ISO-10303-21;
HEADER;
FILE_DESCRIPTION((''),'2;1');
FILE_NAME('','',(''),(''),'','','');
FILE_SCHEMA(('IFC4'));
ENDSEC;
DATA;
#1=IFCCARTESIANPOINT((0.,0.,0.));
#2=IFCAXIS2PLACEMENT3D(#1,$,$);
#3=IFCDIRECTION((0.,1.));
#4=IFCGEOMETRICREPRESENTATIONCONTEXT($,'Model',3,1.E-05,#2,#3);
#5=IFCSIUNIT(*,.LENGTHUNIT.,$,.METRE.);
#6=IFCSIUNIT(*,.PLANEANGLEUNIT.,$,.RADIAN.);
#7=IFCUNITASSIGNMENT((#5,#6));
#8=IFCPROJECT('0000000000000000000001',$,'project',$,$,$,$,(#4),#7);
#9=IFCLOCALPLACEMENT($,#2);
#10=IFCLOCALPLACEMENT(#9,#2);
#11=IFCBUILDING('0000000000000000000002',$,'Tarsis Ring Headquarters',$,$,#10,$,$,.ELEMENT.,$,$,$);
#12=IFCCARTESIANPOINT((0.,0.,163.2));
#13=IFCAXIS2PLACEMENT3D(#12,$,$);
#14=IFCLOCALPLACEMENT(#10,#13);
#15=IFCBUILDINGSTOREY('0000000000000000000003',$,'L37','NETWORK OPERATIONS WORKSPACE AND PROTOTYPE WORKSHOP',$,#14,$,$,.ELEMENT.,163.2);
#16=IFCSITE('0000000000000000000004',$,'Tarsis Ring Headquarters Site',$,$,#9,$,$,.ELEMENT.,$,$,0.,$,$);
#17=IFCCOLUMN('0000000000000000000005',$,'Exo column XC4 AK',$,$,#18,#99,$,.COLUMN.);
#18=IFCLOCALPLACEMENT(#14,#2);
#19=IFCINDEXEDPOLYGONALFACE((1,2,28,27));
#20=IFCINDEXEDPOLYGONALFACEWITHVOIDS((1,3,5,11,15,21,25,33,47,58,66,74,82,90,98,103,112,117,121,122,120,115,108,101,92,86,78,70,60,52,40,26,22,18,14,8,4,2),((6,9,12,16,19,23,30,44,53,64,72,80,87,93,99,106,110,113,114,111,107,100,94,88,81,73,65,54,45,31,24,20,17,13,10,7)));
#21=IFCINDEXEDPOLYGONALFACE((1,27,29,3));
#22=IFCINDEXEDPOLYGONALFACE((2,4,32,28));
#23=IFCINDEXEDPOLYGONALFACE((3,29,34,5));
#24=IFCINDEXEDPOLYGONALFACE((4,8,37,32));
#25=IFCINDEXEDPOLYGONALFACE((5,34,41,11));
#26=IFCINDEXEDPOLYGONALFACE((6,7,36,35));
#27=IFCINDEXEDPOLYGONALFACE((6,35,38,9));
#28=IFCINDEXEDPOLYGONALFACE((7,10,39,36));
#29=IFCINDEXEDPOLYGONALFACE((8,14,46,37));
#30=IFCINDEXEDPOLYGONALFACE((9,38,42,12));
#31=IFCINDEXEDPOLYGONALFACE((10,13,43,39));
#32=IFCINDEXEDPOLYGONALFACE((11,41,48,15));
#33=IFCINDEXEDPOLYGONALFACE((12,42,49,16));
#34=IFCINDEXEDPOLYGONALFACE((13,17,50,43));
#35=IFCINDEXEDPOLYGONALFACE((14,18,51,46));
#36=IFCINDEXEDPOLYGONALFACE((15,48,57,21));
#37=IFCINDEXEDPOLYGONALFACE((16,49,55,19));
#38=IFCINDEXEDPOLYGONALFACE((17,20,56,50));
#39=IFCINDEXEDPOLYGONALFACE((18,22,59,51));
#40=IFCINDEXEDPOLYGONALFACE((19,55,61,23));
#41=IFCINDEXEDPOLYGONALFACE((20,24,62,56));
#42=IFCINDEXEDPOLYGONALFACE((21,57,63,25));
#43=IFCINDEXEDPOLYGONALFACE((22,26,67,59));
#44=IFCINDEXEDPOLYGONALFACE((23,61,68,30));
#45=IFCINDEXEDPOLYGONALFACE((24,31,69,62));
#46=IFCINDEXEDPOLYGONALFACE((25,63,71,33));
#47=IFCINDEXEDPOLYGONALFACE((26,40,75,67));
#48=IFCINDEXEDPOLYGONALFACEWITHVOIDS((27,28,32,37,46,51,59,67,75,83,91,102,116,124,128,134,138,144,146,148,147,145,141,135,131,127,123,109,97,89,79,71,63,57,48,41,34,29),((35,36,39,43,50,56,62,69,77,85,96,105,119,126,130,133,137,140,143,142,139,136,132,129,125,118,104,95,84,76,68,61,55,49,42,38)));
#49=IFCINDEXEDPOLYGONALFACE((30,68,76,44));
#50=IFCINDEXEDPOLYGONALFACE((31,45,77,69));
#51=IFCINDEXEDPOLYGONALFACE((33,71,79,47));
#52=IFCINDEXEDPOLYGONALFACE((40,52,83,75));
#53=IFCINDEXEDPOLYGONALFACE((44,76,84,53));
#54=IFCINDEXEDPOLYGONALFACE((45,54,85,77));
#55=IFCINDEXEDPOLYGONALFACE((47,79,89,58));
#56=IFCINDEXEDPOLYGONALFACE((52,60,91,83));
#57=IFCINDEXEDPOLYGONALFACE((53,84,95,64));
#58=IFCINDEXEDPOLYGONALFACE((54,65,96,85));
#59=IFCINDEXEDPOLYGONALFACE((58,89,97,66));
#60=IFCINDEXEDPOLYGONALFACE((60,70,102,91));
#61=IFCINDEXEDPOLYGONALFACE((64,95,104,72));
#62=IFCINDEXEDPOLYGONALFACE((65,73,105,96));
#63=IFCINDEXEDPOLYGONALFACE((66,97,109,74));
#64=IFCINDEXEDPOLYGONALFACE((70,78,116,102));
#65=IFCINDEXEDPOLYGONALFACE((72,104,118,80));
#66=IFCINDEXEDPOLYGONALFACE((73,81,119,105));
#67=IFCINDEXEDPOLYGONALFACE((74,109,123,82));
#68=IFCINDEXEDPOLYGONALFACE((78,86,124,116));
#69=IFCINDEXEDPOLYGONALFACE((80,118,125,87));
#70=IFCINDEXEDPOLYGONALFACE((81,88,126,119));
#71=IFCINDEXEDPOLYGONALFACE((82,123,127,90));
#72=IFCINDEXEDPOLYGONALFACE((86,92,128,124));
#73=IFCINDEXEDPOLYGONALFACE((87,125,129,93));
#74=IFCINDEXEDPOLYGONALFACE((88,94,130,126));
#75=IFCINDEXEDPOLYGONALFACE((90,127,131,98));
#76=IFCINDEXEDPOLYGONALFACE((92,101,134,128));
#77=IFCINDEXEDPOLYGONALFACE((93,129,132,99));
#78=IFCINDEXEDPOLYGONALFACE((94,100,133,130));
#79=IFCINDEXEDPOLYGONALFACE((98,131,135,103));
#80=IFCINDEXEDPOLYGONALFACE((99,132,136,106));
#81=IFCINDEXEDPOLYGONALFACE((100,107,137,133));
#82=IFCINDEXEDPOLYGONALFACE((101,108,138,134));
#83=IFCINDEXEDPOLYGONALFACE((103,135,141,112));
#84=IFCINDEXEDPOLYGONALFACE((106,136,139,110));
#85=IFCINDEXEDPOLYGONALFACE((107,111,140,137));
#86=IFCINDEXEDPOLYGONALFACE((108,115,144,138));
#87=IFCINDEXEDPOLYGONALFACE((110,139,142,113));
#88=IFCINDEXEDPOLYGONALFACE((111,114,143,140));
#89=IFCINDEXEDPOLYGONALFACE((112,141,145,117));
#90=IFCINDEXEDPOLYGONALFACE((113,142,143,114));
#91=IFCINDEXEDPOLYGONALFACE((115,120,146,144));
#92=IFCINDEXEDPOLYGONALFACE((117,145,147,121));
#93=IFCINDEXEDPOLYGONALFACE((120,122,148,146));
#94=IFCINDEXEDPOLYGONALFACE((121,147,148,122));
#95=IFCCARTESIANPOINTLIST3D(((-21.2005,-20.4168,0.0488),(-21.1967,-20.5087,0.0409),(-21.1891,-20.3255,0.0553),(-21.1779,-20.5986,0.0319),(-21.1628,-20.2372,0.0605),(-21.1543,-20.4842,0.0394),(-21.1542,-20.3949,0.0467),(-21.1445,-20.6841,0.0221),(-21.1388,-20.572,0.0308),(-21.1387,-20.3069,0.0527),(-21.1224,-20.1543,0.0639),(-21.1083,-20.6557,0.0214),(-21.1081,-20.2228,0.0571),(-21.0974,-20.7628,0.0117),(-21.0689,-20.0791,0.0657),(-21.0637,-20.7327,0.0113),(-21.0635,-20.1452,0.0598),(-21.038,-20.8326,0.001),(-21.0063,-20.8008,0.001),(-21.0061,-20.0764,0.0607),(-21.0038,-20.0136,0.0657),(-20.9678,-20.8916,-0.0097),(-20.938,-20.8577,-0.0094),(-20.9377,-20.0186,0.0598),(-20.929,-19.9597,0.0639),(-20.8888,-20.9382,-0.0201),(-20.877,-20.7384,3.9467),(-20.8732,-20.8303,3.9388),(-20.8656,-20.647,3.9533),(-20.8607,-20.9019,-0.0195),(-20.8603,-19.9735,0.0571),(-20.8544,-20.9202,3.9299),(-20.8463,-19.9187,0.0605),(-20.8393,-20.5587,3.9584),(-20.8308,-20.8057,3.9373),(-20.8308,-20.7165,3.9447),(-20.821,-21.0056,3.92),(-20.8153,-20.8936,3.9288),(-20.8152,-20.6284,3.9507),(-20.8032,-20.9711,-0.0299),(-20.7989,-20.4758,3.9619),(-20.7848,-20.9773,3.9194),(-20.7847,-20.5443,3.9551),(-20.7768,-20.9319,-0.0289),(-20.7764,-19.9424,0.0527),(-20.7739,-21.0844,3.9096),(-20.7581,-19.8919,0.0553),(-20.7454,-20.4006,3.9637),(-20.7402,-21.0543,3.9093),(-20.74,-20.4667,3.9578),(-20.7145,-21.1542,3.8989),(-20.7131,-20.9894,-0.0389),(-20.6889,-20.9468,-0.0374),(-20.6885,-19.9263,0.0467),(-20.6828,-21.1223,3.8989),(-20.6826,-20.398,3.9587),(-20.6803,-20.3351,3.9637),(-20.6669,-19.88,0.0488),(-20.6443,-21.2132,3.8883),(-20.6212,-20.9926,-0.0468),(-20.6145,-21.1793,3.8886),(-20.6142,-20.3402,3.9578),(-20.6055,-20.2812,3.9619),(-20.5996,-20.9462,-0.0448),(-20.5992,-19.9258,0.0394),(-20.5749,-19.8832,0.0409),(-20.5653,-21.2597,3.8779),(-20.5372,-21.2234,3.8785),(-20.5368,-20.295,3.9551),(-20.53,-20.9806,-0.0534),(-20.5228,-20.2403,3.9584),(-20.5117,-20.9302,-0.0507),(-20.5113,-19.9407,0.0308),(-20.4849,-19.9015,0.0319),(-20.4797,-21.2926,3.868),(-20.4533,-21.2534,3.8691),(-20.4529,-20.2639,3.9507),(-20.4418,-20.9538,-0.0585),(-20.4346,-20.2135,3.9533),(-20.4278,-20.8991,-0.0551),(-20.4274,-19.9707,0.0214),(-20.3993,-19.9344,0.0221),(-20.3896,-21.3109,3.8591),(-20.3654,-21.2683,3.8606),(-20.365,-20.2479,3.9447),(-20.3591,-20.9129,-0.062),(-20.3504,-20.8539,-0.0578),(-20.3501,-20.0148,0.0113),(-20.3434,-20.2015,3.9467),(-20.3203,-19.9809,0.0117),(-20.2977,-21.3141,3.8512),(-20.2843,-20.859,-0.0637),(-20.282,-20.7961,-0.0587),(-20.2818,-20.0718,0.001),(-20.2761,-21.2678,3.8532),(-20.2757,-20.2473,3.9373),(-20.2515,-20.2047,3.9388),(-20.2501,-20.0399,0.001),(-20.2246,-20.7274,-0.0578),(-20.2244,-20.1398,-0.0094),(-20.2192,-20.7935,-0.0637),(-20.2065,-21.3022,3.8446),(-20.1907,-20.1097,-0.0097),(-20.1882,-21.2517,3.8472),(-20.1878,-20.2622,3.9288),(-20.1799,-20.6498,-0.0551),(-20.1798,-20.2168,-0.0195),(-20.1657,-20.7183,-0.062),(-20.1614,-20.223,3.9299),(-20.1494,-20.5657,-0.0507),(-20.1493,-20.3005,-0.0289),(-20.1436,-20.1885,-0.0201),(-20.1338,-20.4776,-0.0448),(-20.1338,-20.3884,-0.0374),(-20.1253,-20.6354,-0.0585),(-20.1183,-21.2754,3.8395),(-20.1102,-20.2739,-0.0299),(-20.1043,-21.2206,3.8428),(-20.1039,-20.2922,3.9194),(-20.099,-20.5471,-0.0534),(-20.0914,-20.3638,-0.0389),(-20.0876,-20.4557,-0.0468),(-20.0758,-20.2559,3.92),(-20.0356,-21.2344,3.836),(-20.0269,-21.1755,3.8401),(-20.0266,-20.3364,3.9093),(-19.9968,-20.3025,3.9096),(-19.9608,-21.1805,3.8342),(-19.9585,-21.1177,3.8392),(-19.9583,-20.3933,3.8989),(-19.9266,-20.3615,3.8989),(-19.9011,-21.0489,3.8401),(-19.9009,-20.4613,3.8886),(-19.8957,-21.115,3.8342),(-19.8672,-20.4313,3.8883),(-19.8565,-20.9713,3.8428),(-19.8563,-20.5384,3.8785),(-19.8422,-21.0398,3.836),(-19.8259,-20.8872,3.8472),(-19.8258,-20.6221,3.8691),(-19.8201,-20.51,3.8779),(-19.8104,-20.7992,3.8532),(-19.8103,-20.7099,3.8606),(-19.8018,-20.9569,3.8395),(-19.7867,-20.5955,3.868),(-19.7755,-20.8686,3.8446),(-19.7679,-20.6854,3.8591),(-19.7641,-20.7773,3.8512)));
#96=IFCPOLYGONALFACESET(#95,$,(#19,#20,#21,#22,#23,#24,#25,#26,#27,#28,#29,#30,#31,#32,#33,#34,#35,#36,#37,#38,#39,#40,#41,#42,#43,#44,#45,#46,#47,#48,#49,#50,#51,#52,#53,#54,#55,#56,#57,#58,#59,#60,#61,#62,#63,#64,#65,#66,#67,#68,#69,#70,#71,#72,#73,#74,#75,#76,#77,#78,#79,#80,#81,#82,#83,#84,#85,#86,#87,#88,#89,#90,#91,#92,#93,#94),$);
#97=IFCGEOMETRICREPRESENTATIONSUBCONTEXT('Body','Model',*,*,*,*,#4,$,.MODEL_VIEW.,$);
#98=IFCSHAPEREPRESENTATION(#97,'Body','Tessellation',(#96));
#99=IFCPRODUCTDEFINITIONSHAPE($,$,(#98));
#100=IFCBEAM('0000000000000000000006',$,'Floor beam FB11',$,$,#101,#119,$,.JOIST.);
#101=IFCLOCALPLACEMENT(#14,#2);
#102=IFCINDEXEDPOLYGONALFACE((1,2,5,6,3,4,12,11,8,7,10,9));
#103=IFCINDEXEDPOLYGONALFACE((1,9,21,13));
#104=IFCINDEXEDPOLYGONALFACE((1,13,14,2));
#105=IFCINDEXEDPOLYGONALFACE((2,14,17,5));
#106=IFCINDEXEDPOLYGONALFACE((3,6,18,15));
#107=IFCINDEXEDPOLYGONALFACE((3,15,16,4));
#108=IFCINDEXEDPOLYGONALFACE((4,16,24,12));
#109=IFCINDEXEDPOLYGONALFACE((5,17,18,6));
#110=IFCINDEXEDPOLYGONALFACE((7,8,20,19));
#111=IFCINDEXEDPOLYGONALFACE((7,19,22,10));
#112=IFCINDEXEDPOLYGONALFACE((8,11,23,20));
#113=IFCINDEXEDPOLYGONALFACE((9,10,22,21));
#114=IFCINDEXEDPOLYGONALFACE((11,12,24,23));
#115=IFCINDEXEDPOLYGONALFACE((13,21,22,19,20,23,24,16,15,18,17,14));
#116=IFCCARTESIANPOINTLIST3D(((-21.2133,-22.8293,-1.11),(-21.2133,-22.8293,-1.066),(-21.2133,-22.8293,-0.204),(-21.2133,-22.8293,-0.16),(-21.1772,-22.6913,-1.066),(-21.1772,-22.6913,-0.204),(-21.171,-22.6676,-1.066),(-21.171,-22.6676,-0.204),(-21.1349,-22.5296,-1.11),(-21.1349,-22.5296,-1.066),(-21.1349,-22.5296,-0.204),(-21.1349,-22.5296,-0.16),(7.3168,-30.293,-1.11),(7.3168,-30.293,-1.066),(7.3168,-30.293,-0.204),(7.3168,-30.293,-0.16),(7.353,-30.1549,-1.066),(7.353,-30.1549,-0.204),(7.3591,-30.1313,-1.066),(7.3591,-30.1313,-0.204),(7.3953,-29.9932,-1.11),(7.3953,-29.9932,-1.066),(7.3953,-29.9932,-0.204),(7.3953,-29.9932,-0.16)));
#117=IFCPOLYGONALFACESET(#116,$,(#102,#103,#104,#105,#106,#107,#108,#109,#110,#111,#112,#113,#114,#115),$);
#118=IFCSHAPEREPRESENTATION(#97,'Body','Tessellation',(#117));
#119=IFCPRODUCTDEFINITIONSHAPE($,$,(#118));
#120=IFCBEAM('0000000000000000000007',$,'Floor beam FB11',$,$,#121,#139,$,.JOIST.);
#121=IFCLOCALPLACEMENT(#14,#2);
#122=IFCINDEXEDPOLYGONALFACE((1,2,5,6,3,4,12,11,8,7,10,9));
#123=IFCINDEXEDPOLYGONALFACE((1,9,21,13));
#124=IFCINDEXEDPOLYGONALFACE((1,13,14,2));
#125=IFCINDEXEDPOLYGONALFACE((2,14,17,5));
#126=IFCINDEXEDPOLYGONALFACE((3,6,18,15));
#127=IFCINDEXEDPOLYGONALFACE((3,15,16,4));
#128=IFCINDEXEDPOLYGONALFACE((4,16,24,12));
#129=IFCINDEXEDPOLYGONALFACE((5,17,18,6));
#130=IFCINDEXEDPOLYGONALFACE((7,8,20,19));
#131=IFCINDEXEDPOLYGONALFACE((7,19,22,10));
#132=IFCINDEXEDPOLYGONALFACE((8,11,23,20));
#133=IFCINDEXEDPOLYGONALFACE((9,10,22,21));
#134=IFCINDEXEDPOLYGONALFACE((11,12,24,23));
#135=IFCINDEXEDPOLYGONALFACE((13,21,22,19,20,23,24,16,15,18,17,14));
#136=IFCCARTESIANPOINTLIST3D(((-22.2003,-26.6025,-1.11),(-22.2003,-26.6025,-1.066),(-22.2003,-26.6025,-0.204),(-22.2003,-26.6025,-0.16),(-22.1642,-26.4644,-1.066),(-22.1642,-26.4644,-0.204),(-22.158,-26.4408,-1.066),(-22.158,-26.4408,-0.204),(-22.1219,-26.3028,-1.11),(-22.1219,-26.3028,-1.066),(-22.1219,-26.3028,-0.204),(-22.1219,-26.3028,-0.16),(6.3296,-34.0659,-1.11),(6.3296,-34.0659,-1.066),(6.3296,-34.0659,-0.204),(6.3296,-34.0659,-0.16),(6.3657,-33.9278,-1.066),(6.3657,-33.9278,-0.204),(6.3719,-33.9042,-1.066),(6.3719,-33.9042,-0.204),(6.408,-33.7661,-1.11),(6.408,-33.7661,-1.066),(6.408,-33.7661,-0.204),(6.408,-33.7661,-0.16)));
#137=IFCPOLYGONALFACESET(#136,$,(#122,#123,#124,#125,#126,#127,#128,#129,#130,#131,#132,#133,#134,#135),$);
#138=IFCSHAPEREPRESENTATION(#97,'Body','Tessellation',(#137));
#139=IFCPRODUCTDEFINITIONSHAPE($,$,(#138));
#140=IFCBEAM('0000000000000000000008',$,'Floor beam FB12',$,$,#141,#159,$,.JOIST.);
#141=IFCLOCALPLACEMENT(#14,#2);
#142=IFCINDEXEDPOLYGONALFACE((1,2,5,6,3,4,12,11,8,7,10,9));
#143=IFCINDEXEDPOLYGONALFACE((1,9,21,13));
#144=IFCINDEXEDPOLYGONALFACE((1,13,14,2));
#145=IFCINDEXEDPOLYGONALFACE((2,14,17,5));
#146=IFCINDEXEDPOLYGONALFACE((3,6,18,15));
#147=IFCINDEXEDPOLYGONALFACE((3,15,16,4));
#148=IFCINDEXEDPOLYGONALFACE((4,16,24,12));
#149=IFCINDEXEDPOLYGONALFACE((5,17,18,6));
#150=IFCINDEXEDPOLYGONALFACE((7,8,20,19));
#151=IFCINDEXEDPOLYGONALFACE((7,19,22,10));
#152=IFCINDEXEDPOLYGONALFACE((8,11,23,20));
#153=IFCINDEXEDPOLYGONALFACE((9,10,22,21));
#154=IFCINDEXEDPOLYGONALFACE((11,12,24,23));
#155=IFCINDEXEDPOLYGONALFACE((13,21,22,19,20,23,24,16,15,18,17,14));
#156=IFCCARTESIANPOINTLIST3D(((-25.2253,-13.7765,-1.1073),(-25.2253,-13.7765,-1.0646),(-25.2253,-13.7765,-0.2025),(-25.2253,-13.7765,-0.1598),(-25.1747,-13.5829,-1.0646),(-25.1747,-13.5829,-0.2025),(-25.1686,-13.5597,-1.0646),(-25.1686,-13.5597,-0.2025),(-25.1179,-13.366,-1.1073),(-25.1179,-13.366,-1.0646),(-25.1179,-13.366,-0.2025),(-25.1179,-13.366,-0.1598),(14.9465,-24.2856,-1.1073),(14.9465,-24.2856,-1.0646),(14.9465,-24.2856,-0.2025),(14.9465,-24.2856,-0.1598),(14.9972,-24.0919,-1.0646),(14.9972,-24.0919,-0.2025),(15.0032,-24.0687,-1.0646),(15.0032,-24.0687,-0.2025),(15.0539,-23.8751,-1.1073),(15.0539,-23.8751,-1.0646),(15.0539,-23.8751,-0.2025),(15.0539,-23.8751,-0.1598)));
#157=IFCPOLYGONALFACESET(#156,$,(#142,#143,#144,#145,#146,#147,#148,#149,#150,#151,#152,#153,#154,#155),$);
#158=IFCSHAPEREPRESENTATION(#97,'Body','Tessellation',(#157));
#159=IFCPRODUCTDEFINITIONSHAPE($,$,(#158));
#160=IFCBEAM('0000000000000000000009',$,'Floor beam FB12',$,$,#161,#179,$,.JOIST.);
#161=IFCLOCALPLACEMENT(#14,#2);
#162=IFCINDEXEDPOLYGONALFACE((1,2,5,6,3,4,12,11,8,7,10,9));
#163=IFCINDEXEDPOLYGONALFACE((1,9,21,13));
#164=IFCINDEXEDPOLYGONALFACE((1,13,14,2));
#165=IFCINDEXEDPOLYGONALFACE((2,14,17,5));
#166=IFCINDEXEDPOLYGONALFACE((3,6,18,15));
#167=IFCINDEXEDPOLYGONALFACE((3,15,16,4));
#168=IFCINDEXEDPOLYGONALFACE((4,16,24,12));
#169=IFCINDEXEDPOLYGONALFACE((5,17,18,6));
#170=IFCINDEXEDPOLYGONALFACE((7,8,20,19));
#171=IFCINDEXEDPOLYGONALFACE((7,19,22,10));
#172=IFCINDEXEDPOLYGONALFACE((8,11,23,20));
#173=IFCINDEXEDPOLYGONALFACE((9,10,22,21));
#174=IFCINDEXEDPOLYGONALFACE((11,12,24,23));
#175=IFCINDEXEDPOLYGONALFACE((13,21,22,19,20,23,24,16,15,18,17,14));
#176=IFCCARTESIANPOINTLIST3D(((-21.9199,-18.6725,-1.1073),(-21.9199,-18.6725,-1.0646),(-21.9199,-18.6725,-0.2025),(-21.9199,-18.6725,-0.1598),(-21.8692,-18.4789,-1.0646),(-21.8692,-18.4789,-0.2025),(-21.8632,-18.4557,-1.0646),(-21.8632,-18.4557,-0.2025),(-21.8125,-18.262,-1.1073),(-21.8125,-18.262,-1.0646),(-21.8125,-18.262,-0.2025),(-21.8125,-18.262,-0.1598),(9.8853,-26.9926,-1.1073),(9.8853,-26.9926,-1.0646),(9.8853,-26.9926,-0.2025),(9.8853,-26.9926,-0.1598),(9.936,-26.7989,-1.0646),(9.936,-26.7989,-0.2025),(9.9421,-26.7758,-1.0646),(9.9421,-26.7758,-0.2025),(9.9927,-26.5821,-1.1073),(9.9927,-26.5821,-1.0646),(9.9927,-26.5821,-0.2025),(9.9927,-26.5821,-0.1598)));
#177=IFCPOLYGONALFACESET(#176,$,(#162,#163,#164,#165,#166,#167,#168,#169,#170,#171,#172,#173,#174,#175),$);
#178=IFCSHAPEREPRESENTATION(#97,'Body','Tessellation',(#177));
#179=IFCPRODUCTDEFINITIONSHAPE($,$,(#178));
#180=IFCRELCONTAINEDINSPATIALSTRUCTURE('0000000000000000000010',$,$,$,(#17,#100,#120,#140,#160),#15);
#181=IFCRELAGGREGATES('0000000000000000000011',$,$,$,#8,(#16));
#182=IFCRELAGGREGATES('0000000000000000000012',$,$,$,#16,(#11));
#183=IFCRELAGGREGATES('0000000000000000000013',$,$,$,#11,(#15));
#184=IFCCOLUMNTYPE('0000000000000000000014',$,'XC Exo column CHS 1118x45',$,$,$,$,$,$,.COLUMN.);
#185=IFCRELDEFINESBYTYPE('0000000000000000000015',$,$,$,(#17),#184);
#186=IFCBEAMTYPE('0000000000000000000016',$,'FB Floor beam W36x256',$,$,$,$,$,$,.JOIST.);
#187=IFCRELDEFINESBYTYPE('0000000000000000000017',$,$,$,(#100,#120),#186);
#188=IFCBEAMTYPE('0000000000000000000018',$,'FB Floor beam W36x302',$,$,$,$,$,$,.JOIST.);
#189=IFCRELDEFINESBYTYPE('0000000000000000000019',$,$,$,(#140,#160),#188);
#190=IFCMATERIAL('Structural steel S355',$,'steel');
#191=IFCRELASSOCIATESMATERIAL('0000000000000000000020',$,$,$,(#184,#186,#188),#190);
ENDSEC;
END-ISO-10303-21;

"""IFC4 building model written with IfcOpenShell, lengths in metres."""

from ifc_helpers import new_model, si_unit, direction, frame, origin, origin_2d, place, context, subcontext, project, spatial, hollow_circle, i_section, extrude, material, material_profile, profile_set, type_object, element, save


model = new_model("IFC4")

# Units and contexts
model_context = context("Model", 3, precision=1e-05, world=origin(), true_north=direction((0.0, 1.0)))
body_context = subcontext(model_context, "Body", "Model", "MODEL_VIEW")
ifc_project = project(units=[si_unit("LENGTHUNIT", "METRE"), si_unit("PLANEANGLEUNIT", "RADIAN")], contexts=[model_context])

# Site, building, storey
site_placement = place(None, origin())
site = spatial("IfcSite", under=ifc_project, at=site_placement, Name="Tarsis Ring Headquarters Site", CompositionType="ELEMENT", RefElevation=0.0)
building_placement = place(site_placement, origin())
building = spatial("IfcBuilding", under=site, at=building_placement, Name="Tarsis Ring Headquarters", CompositionType="ELEMENT")
storey_placement = place(building_placement, frame((0.0, 0.0, 163.2)))
storey = spatial("IfcBuildingStorey", under=building, at=storey_placement, Name="L37", Description="NETWORK OPERATIONS WORKSPACE AND PROTOTYPE WORKSHOP", CompositionType="ELEMENT", Elevation=163.2)

# Column
ifc_material_1 = material(Name="Structural steel S355", Category="steel")
ifc_material_profile_1 = material_profile(ifc_material_1, hollow_circle(Radius=0.5588, WallThickness=0.0449, at=origin_2d()), Name="CHS 1118x45")
ifc_profile_set_1 = profile_set([ifc_material_profile_1], Name="Structural steel S355")
column_type = type_object("IfcColumnType", Name="XC Exo column CHS 1118x45", PredefinedType="COLUMN", material=ifc_profile_set_1)
column_placement = place(storey_placement, frame((-20.644, -20.4363, 0.001), z_axis=(0.082427, -0.081929, 0.993224), x_axis=(0.704962, 0.709245, 0.0)))
element("IfcColumn", 1, at=column_placement, inside=storey, type_object=column_type, Name="Exo column XC4 AK", PredefinedType="COLUMN", context=body_context, shape_type="SweptSolid", body=[
    extrude(hollow_circle(Radius=0.5588, WallThickness=0.0449, at=origin_2d()), origin(), (0.0, 0.0, 1.0), 3.9246),
])

# Beams
ifc_material_profile_2 = material_profile(ifc_material_1, i_section(OverallWidth=0.3098, OverallDepth=0.95, WebThickness=0.0244, FlangeThickness=0.0439, at=origin_2d()), Name="W36x256")
ifc_profile_set_2 = profile_set([ifc_material_profile_2], Name="Structural steel S355")
beam_type_1 = type_object("IfcBeamType", Name="FB Floor beam W36x256", PredefinedType="JOIST", material=ifc_profile_set_2)
beam_1_placement = place(storey_placement, frame((-21.1741, -22.6794, -0.635), z_axis=(0.967443, -0.253089, 0.0), x_axis=(0.253089, 0.967443, 0.0)))
element("IfcBeam", 2, at=beam_1_placement, inside=storey, type_object=beam_type_1, Name="Floor beam FB11", PredefinedType="JOIST", context=body_context, shape_type="SweptSolid", body=[
    extrude(i_section(OverallWidth=0.3098, OverallDepth=0.95, WebThickness=0.0244, FlangeThickness=0.0439, at=origin_2d()), origin(), (0.0, 0.0, 1.0), 29.4902),
])
beam_2_placement = place(storey_placement, frame((-22.1611, -26.4526, -0.635), z_axis=(0.967445, -0.253081, 0.0), x_axis=(0.253081, 0.967445, 0.0)))
element("IfcBeam", 3, at=beam_2_placement, inside=storey, type_object=beam_type_1, Name="Floor beam FB11", PredefinedType="JOIST", context=body_context, shape_type="SweptSolid", body=[
    extrude(i_section(OverallWidth=0.3098, OverallDepth=0.95, WebThickness=0.0244, FlangeThickness=0.0439, at=origin_2d()), origin(), (0.0, 0.0, 1.0), 29.49),
])
ifc_material_profile_3 = material_profile(ifc_material_1, i_section(OverallWidth=0.4243, OverallDepth=0.9475, WebThickness=0.0239, FlangeThickness=0.0427, at=origin_2d()), Name="W36x302")
ifc_profile_set_3 = profile_set([ifc_material_profile_3], Name="Structural steel S355")
beam_type_2 = type_object("IfcBeamType", Name="FB Floor beam W36x302", PredefinedType="JOIST", material=ifc_profile_set_3)
beam_3_placement = place(storey_placement, frame((-25.1716, -13.5713, -0.6335), z_axis=(0.967444, -0.253085, 0.0), x_axis=(0.253085, 0.967444, 0.0)))
element("IfcBeam", 4, at=beam_3_placement, inside=storey, type_object=beam_type_2, Name="Floor beam FB12", PredefinedType="JOIST", context=body_context, shape_type="SweptSolid", body=[
    extrude(i_section(OverallWidth=0.4243, OverallDepth=0.9475, WebThickness=0.0239, FlangeThickness=0.0427, at=origin_2d()), origin(), (0.0, 0.0, 1.0), 41.5237),
])
beam_4_placement = place(storey_placement, frame((-21.8662, -18.4673, -0.6335), z_axis=(0.967446, -0.253079, 0.0), x_axis=(0.253079, 0.967446, 0.0)))
element("IfcBeam", 5, at=beam_4_placement, inside=storey, type_object=beam_type_2, Name="Floor beam FB12", PredefinedType="JOIST", context=body_context, shape_type="SweptSolid", body=[
    extrude(i_section(OverallWidth=0.4243, OverallDepth=0.9475, WebThickness=0.0239, FlangeThickness=0.0427, at=origin_2d()), origin(), (0.0, 0.0, 1.0), 32.8755),
])

save(model, "model.ifc")
